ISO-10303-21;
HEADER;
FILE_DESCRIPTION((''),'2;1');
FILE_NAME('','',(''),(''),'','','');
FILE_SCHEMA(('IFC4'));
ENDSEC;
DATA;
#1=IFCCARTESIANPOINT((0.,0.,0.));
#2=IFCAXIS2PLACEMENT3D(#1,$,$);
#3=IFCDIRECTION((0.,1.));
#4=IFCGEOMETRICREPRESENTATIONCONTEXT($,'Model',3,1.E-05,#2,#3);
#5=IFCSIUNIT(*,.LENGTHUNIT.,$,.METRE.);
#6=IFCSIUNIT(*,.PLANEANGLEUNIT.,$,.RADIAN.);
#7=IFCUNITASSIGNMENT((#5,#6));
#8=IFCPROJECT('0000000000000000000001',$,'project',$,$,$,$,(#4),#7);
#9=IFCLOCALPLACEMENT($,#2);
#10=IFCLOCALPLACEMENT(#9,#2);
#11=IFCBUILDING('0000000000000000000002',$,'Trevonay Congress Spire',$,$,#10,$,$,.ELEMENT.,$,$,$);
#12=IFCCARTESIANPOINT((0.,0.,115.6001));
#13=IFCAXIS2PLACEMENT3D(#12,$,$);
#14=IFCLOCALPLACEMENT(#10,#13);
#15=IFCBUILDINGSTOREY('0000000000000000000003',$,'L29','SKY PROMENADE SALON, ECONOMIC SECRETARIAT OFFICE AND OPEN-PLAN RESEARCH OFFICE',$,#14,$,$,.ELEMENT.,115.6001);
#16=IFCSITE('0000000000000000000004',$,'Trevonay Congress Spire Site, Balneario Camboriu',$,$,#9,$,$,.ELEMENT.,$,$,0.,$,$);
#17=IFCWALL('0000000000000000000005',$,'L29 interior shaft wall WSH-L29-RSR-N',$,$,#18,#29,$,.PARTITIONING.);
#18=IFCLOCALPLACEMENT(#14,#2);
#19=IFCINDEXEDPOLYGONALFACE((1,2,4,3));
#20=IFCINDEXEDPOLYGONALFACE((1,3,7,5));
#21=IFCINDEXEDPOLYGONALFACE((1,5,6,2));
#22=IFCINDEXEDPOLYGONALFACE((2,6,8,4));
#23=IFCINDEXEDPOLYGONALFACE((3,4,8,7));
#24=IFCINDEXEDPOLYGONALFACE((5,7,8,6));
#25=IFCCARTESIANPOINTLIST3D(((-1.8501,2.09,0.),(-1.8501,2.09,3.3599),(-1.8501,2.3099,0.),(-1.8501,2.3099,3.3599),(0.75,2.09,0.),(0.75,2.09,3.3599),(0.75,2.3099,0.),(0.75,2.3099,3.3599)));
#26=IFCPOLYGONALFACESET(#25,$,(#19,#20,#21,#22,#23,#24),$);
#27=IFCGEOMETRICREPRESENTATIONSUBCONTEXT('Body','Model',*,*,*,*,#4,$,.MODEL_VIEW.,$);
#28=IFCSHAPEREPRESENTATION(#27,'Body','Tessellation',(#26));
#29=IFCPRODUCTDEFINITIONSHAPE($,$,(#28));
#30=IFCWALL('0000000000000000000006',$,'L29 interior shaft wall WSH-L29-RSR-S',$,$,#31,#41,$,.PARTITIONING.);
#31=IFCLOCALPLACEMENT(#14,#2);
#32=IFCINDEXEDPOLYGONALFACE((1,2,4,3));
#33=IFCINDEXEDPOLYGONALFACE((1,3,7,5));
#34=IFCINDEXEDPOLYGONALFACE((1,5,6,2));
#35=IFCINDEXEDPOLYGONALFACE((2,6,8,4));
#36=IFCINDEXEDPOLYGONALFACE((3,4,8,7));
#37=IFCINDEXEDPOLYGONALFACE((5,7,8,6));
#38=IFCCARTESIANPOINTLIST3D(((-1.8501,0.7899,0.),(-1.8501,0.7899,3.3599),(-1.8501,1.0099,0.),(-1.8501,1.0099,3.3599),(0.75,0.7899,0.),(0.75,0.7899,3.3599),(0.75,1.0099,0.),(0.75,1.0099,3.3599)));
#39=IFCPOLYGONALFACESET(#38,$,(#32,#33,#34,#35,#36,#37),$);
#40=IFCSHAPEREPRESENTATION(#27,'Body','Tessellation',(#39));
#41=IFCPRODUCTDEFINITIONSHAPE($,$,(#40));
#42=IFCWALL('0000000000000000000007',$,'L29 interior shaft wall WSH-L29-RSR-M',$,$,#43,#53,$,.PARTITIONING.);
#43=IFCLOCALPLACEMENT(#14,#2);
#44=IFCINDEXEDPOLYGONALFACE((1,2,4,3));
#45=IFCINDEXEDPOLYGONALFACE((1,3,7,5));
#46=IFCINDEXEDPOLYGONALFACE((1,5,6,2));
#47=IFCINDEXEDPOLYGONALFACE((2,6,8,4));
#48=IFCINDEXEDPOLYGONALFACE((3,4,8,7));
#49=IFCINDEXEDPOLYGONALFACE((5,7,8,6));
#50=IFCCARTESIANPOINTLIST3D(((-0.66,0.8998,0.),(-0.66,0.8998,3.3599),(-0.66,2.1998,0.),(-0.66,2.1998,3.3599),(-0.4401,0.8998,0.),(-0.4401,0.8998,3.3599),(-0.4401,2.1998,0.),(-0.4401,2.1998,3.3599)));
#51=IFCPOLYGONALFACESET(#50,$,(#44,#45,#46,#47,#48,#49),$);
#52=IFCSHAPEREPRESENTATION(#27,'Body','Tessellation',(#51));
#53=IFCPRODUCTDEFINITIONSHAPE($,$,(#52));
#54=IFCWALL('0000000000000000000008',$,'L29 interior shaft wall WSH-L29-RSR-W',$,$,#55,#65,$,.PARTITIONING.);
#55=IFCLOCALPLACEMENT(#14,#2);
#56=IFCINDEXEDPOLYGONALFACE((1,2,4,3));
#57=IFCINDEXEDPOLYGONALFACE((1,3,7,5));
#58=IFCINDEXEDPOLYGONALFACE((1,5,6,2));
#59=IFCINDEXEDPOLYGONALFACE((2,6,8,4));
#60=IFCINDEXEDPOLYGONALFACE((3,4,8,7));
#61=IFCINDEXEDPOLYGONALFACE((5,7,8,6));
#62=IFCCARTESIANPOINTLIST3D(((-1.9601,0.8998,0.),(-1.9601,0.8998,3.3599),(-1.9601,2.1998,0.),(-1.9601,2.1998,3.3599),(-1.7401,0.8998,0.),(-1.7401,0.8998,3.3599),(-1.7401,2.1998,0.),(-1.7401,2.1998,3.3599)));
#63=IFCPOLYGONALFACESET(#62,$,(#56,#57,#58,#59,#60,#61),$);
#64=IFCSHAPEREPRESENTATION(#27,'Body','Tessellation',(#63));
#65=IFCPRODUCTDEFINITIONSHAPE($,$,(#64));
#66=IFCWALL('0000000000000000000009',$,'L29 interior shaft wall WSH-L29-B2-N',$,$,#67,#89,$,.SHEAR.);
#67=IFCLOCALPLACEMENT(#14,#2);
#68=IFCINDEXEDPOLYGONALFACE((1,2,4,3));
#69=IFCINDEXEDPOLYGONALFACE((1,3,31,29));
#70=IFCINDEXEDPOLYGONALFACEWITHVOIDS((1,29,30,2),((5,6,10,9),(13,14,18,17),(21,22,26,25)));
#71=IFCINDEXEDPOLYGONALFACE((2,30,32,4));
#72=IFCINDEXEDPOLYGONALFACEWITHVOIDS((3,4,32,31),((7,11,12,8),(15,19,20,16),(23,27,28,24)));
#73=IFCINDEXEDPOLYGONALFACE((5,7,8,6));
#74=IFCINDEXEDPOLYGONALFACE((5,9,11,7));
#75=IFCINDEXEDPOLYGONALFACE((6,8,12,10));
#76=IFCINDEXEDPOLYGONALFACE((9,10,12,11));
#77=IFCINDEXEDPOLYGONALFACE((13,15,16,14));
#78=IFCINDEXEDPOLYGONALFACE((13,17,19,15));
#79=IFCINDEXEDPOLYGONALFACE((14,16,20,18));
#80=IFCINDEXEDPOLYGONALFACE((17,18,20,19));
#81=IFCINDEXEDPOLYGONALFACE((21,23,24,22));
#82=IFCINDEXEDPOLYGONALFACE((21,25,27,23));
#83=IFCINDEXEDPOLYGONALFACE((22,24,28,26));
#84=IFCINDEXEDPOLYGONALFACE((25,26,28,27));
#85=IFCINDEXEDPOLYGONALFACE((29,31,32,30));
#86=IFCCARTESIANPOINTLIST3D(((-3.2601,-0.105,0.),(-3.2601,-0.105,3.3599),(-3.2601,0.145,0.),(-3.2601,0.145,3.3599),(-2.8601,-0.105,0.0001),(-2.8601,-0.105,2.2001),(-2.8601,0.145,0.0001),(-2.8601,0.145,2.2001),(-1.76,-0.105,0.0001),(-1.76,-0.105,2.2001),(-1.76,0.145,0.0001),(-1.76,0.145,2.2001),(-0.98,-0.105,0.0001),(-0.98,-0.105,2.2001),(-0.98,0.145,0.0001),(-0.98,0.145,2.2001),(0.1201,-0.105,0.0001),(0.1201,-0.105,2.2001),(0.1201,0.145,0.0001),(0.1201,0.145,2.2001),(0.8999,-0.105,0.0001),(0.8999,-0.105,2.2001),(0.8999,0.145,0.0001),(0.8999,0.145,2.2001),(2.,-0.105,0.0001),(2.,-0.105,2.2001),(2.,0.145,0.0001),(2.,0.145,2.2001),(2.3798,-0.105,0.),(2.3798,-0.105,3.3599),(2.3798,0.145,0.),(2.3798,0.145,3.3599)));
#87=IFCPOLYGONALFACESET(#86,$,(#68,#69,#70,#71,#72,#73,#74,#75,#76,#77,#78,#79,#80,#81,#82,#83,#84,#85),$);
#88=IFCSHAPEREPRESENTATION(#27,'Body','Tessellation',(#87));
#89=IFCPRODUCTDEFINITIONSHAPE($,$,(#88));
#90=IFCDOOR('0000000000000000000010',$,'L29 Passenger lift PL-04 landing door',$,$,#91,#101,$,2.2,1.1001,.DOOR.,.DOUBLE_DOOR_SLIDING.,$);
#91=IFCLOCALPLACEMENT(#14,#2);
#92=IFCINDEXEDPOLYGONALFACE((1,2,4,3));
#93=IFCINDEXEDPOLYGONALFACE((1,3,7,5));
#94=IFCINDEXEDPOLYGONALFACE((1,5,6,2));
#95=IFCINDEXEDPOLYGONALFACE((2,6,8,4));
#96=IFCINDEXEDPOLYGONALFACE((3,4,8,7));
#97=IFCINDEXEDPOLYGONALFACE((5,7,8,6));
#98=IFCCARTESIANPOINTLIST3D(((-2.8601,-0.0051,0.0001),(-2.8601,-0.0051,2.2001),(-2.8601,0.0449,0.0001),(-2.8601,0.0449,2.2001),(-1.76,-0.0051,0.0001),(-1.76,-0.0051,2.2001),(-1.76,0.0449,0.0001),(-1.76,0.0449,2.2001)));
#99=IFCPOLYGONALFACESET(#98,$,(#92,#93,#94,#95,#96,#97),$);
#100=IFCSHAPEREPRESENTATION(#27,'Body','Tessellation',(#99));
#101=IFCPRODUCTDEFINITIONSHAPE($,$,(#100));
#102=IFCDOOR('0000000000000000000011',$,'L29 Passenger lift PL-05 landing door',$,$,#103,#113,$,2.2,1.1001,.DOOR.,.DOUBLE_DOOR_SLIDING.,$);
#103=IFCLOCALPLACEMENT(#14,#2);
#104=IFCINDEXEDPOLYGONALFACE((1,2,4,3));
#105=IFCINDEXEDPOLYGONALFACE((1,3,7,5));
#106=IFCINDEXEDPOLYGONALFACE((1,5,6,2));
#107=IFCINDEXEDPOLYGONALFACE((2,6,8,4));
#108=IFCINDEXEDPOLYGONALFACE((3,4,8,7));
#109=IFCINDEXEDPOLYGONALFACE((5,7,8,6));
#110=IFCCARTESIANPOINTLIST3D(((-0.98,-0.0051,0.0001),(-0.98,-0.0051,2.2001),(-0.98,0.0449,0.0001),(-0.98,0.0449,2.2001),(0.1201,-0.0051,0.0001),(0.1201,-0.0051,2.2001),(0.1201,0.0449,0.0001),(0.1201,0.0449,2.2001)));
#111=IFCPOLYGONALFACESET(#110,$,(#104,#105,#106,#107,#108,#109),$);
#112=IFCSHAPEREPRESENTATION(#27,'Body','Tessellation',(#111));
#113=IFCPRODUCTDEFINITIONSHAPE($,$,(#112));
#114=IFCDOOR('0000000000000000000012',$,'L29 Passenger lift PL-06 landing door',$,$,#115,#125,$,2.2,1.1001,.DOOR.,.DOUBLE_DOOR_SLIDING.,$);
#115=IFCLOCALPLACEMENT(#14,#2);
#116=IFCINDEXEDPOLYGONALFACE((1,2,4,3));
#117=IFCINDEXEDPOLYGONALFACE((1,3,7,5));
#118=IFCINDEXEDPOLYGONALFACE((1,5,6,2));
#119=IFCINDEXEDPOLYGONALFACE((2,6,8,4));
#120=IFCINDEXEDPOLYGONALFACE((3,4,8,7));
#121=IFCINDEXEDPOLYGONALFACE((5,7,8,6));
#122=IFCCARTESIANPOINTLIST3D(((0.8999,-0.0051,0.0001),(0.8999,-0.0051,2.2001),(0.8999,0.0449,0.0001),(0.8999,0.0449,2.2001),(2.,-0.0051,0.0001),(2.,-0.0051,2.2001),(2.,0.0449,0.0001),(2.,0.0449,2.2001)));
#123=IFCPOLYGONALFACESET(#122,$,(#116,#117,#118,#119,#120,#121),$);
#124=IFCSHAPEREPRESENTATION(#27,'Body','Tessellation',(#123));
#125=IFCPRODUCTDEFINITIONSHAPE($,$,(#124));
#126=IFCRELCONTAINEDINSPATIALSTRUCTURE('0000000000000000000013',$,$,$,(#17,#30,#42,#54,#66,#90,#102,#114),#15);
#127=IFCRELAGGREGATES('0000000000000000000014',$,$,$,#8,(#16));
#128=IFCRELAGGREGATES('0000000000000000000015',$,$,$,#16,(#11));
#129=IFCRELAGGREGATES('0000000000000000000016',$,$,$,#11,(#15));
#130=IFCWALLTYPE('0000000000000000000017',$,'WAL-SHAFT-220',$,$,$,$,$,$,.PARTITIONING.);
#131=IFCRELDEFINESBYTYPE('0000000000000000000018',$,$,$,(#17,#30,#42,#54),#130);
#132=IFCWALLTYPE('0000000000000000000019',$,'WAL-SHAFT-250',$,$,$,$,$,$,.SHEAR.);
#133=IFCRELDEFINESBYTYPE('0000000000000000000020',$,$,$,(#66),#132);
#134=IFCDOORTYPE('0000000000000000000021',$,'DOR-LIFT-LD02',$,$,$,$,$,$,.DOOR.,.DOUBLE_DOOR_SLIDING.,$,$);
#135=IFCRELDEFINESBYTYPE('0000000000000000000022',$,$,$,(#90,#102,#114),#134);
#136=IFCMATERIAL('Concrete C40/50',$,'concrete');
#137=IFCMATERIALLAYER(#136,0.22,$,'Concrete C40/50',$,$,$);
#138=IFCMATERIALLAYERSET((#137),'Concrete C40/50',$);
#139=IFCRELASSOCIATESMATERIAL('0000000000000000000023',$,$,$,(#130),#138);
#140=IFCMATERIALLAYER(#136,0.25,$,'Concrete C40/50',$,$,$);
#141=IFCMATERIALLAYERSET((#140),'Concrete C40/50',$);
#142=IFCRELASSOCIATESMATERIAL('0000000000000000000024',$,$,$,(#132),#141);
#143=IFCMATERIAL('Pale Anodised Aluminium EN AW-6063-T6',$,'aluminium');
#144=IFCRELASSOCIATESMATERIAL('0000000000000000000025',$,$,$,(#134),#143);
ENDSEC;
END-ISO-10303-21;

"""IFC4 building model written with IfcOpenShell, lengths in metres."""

from ifc_helpers import new_model, si_unit, direction, frame, frame_2d, origin, place, context, subcontext, project, spatial, rectangle, extrude, material, layer, layer_set, type_object, element, fill, save


model = new_model("IFC4")

# Units and contexts
model_context = context("Model", 3, precision=1e-05, world=origin(), true_north=direction((0.0, 1.0)))
body_context = subcontext(model_context, "Body", "Model", "MODEL_VIEW")
ifc_project = project(units=[si_unit("LENGTHUNIT", "METRE"), si_unit("PLANEANGLEUNIT", "RADIAN")], contexts=[model_context])

# Site, building, storey
site_placement = place(None, origin())
site = spatial("IfcSite", under=ifc_project, at=site_placement, Name="Trevonay Congress Spire Site, Balneario Camboriu", CompositionType="ELEMENT", RefElevation=0.0)
building_placement = place(site_placement, origin())
building = spatial("IfcBuilding", under=site, at=building_placement, Name="Trevonay Congress Spire", CompositionType="ELEMENT")
storey_placement = place(building_placement, frame((0.0, 0.0, 115.6001)))
storey = spatial("IfcBuildingStorey", under=building, at=storey_placement, Name="L29", Description="SKY PROMENADE SALON, ECONOMIC SECRETARIAT OFFICE AND OPEN-PLAN RESEARCH OFFICE", CompositionType="ELEMENT", Elevation=115.6001)

# Shared definitions
ifc_material_1 = material(Name="Concrete C40/50", Category="concrete")

# Walls
ifc_layer_1 = layer(ifc_material_1, 0.22, Name="Concrete C40/50")
ifc_layer_set_1 = layer_set([ifc_layer_1], Name="Concrete C40/50")
wall_type_1 = type_object("IfcWallType", Name="WAL-SHAFT-220", PredefinedType="PARTITIONING", material=ifc_layer_set_1)
for number, where, z_axis, x_axis, name in (
    (1, (-1.8501, 2.2, 0.0), (0.0, 0.0, 1.0), (1.0, 0.0, 0.0), "L29 interior shaft wall WSH-L29-RSR-N"),
    (2, (-1.8501, 0.8999, 0.0), (0.0, 0.0, 1.0), (1.0, 0.0, 0.0), "L29 interior shaft wall WSH-L29-RSR-S"),
):
    element("IfcWall", number, at=place(storey_placement, frame(where, z_axis=z_axis, x_axis=x_axis)), inside=storey, type_object=wall_type_1, Name=name, PredefinedType="PARTITIONING", context=body_context, shape_type="SweptSolid", body=[
        extrude(rectangle(XDim=2.6001, YDim=0.22, at=frame_2d((1.3, 0.0))), origin(), (0.0, 0.0, 1.0), 3.3599),
    ])
for number, where, z_axis, x_axis, name in (
    (3, (-0.55, 0.8999, 0.0), (0.0, 0.0, 1.0), (0.0, 1.0, 0.0), "L29 interior shaft wall WSH-L29-RSR-M"),
    (4, (-1.8501, 0.8999, 0.0), (0.0, 0.0, 1.0), (0.0, 1.0, 0.0), "L29 interior shaft wall WSH-L29-RSR-W"),
):
    element("IfcWall", number, at=place(storey_placement, frame(where, z_axis=z_axis, x_axis=x_axis)), inside=storey, type_object=wall_type_1, Name=name, PredefinedType="PARTITIONING", context=body_context, shape_type="SweptSolid", body=[
        extrude(rectangle(XDim=1.3, YDim=0.22, at=frame_2d((0.6499, 0.0))), origin(), (0.0, 0.0, 1.0), 3.3599),
    ])

# Wall, openings, doors
ifc_layer_2 = layer(ifc_material_1, 0.25, Name="Concrete C40/50")
ifc_layer_set_2 = layer_set([ifc_layer_2], Name="Concrete C40/50")
wall_type_2 = type_object("IfcWallType", Name="WAL-SHAFT-250", PredefinedType="SHEAR", material=ifc_layer_set_2)
wall_1_placement = place(storey_placement, frame((-3.26, 0.02, 0.0), z_axis=(0.0, 0.0, 1.0), x_axis=(1.0, 0.0, 0.0)))
wall_1 = element("IfcWall", 5, at=wall_1_placement, inside=storey, type_object=wall_type_2, Name="L29 interior shaft wall WSH-L29-B2-N", PredefinedType="SHEAR", context=body_context, shape_type="SweptSolid", body=[
    extrude(rectangle(XDim=5.6399, YDim=0.25, at=frame_2d((2.8198, 0.0))), origin(), (0.0, 0.0, 1.0), 3.3599),
])
opening_1_placement = place(wall_1_placement, frame((0.3999, 0.0, 0.0)))
opening_1 = element("IfcOpeningElement", 6, at=opening_1_placement, cuts=wall_1, PredefinedType="OPENING", context=body_context, shape_type="SweptSolid", body=[
    extrude(rectangle(XDim=1.1001, YDim=2.2, at=frame_2d((0.55, 1.1001))), frame((0.0, 0.135, 0.0), z_axis=(0.0, -1.0, 0.0), x_axis=(1.0, 0.0, 0.0)), (0.0, 0.0, 1.0), 0.27),
])
opening_2_placement = place(wall_1_placement, frame((2.28, 0.0, 0.0)))
opening_2 = element("IfcOpeningElement", 7, at=opening_2_placement, cuts=wall_1, PredefinedType="OPENING", context=body_context, shape_type="SweptSolid", body=[
    extrude(rectangle(XDim=1.1001, YDim=2.2, at=frame_2d((0.55, 1.1001))), frame((0.0, 0.135, 0.0), z_axis=(0.0, -1.0, 0.0), x_axis=(1.0, 0.0, 0.0)), (0.0, 0.0, 1.0), 0.27),
])
opening_3_placement = place(wall_1_placement, frame((4.1599, 0.0, 0.0)))
opening_3 = element("IfcOpeningElement", 8, at=opening_3_placement, cuts=wall_1, PredefinedType="OPENING", context=body_context, shape_type="SweptSolid", body=[
    extrude(rectangle(XDim=1.1001, YDim=2.2, at=frame_2d((0.55, 1.1001))), frame((0.0, 0.135, 0.0), z_axis=(0.0, -1.0, 0.0), x_axis=(1.0, 0.0, 0.0)), (0.0, 0.0, 1.0), 0.27),
])
ifc_material_2 = material(Name="Pale Anodised Aluminium EN AW-6063-T6", Category="aluminium")
door_type_1 = type_object("IfcDoorType", Name="DOR-LIFT-LD02", OperationType="DOUBLE_DOOR_SLIDING", PredefinedType="DOOR", material=ifc_material_2)
door_1_placement = place(opening_1_placement, origin())
door_1 = element("IfcDoor", 9, at=door_1_placement, inside=storey, type_object=door_type_1, Name="L29 Passenger lift PL-04 landing door", OperationType="DOUBLE_DOOR_SLIDING", OverallHeight=2.2, OverallWidth=1.1001, PredefinedType="DOOR", context=body_context, shape_type="SweptSolid", body=[
    extrude(rectangle(XDim=1.1001, YDim=2.2, at=frame_2d((0.55, 1.1001))), frame((0.0, 0.0249, 0.0), z_axis=(0.0, -1.0, 0.0), x_axis=(1.0, 0.0, 0.0)), (0.0, 0.0, 1.0), 0.05),
])
fill(opening_1, door_1)
door_2_placement = place(opening_2_placement, origin())
door_2 = element("IfcDoor", 10, at=door_2_placement, inside=storey, type_object=door_type_1, Name="L29 Passenger lift PL-05 landing door", OperationType="DOUBLE_DOOR_SLIDING", OverallHeight=2.2, OverallWidth=1.1001, PredefinedType="DOOR", context=body_context, shape_type="SweptSolid", body=[
    extrude(rectangle(XDim=1.1001, YDim=2.2, at=frame_2d((0.55, 1.1001))), frame((0.0, 0.0249, 0.0), z_axis=(0.0, -1.0, 0.0), x_axis=(1.0, 0.0, 0.0)), (0.0, 0.0, 1.0), 0.05),
])
fill(opening_2, door_2)
door_3_placement = place(opening_3_placement, origin())
door_3 = element("IfcDoor", 11, at=door_3_placement, inside=storey, type_object=door_type_1, Name="L29 Passenger lift PL-06 landing door", OperationType="DOUBLE_DOOR_SLIDING", OverallHeight=2.2, OverallWidth=1.1001, PredefinedType="DOOR", context=body_context, shape_type="SweptSolid", body=[
    extrude(rectangle(XDim=1.1001, YDim=2.2, at=frame_2d((0.55, 1.1001))), frame((0.0, 0.0249, 0.0), z_axis=(0.0, -1.0, 0.0), x_axis=(1.0, 0.0, 0.0)), (0.0, 0.0, 1.0), 0.05),
])
fill(opening_3, door_3)

save(model, "model.ifc")
